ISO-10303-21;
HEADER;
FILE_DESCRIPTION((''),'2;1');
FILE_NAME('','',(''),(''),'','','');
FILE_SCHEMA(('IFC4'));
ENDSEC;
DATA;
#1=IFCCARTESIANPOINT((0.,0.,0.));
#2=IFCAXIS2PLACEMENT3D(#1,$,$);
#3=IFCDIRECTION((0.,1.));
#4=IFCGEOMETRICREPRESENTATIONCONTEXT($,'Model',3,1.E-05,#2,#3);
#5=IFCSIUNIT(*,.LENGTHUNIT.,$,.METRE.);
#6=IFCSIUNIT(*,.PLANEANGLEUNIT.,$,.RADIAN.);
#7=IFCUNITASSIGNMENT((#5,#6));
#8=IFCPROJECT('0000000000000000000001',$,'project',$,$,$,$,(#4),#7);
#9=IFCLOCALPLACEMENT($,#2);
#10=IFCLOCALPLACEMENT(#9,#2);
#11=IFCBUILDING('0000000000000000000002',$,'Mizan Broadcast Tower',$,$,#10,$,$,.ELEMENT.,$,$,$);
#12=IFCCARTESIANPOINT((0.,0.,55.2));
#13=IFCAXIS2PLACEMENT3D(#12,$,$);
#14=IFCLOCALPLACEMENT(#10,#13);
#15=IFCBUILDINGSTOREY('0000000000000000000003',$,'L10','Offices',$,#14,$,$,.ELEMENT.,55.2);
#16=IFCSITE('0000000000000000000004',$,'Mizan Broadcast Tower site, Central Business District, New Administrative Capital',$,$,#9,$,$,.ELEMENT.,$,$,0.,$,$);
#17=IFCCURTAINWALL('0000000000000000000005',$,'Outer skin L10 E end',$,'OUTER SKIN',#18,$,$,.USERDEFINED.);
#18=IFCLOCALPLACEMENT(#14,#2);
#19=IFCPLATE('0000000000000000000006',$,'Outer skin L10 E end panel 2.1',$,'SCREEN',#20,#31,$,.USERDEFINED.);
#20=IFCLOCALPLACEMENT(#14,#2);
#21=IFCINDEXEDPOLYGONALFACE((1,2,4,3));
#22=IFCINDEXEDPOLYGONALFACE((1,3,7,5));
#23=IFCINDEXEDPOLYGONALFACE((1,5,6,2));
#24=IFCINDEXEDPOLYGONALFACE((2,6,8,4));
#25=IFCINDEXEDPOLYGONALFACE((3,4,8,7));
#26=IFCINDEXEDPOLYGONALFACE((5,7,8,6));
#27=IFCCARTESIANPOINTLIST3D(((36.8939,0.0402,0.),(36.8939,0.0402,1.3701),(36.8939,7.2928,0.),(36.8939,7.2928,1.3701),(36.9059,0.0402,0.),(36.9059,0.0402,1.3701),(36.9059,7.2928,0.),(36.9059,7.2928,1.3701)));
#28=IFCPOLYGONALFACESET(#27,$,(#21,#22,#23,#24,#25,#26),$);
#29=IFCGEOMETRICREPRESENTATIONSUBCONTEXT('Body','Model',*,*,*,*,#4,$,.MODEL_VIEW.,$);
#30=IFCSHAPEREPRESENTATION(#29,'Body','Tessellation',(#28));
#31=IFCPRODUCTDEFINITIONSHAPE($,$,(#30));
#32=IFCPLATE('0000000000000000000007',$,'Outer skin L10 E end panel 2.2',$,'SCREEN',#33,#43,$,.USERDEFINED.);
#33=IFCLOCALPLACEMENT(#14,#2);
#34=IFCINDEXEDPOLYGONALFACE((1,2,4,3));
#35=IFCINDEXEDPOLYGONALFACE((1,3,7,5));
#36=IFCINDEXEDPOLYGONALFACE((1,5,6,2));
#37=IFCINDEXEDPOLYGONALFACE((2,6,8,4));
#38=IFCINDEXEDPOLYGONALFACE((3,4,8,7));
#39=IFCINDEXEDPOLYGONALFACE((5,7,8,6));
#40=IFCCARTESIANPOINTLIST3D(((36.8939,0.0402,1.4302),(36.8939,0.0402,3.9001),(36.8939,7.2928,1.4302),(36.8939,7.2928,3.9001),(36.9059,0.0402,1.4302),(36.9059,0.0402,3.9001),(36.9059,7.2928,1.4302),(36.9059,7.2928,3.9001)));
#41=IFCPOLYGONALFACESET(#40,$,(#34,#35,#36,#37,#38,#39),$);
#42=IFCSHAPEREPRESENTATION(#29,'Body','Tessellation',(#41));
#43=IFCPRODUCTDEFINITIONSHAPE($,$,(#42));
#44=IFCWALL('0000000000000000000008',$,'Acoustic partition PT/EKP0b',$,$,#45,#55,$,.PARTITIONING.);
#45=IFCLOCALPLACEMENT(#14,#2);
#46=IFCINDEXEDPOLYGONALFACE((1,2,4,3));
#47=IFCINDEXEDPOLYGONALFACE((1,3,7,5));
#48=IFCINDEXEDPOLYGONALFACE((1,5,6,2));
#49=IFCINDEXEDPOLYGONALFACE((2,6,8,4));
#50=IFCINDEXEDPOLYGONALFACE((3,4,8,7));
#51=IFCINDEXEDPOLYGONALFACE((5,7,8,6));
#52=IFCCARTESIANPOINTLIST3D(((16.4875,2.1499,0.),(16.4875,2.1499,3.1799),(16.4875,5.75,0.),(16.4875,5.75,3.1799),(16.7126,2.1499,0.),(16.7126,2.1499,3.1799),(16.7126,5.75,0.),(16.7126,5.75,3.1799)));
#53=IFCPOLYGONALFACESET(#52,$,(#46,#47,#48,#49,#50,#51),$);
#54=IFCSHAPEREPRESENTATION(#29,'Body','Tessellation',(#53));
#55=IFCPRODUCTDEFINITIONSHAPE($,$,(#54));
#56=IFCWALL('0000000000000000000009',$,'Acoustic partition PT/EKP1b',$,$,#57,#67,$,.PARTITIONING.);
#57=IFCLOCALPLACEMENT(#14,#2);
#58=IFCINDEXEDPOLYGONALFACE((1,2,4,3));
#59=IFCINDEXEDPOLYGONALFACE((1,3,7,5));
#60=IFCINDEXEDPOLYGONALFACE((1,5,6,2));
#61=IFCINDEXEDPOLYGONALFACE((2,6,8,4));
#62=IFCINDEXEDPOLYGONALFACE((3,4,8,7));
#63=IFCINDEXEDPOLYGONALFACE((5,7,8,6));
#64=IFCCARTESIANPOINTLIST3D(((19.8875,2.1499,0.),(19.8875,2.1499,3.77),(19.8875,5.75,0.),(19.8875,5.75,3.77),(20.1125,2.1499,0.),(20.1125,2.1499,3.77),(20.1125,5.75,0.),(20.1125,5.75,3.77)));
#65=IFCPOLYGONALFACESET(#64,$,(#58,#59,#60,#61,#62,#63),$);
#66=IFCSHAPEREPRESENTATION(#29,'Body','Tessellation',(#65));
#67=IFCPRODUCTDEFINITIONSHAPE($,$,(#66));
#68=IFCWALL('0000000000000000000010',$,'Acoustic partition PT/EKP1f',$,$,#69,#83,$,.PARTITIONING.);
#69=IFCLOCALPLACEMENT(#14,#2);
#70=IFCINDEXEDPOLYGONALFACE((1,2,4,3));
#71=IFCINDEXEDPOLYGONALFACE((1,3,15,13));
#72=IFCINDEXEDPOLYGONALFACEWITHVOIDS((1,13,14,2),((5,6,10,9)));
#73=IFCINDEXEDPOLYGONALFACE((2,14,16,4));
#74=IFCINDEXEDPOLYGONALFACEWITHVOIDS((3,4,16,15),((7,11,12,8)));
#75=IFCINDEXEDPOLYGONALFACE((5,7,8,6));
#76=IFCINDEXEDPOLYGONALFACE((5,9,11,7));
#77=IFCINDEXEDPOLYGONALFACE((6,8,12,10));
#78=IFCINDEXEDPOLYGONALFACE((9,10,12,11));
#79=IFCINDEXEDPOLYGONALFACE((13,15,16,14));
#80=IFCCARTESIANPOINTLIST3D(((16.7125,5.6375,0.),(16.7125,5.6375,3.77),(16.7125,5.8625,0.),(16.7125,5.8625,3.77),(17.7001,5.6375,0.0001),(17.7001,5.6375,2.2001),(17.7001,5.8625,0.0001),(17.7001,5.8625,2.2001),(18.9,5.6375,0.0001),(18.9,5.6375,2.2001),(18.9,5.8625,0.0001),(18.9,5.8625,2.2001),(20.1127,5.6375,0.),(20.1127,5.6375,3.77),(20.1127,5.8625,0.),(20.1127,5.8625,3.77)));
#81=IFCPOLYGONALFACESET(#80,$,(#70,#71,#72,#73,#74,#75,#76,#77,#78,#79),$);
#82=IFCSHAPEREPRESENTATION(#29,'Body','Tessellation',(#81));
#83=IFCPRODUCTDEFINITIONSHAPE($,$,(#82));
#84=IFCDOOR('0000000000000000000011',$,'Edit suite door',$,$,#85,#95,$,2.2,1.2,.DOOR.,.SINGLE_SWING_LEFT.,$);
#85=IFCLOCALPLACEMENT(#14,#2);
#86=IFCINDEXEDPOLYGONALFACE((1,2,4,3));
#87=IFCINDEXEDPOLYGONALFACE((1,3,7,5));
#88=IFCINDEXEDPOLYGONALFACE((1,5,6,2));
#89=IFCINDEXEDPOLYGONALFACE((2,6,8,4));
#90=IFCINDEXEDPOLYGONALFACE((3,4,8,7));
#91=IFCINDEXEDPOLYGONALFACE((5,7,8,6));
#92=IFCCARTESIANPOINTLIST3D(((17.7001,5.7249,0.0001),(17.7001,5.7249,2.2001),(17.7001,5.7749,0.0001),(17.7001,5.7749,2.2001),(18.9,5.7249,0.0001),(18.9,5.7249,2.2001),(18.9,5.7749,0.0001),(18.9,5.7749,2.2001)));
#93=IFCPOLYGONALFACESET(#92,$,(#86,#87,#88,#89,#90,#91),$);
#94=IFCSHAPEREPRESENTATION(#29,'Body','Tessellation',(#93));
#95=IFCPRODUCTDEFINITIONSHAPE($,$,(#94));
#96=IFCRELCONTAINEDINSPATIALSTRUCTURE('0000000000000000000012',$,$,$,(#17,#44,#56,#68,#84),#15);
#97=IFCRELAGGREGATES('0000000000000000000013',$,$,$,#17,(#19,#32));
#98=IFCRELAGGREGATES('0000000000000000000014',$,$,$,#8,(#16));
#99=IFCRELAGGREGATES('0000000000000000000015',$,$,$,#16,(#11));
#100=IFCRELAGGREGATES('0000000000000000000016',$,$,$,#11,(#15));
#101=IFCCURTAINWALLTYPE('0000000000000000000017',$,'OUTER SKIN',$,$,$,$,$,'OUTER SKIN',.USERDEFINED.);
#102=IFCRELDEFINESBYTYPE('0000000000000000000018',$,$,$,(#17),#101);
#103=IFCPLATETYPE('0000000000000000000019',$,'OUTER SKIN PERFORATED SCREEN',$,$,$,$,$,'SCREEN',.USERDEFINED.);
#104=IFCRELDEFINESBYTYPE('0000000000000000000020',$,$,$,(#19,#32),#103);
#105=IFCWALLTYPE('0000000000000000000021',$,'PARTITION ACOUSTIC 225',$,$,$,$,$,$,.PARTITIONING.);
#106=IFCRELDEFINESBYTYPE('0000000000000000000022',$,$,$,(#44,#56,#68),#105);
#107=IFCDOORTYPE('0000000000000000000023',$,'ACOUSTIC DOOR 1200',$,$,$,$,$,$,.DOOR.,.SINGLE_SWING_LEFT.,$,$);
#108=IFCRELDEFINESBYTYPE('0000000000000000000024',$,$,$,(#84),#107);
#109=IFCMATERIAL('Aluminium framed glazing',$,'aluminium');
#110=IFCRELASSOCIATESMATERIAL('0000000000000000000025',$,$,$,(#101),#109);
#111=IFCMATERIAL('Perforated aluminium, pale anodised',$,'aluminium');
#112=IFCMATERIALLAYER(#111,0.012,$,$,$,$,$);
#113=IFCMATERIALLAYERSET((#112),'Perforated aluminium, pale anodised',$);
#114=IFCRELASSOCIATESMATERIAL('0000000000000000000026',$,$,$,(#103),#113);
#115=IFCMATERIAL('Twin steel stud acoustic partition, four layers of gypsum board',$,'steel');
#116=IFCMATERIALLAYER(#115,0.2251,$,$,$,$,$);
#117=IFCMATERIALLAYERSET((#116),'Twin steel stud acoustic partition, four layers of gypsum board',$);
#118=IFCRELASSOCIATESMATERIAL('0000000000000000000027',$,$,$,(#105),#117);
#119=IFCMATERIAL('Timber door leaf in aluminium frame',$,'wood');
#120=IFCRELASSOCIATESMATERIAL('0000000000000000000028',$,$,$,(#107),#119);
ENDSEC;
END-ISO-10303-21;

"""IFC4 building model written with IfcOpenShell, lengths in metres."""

from ifc_helpers import new_model, si_unit, direction, frame, frame_2d, origin, origin_2d, place, context, subcontext, project, spatial, rectangle, extrude, material, layer, layer_set, type_object, element, fill, aggregate, save


model = new_model("IFC4")

# Units and contexts
model_context = context("Model", 3, precision=1e-05, world=origin(), true_north=direction((0.0, 1.0)))
body_context = subcontext(model_context, "Body", "Model", "MODEL_VIEW")
ifc_project = project(units=[si_unit("LENGTHUNIT", "METRE"), si_unit("PLANEANGLEUNIT", "RADIAN")], contexts=[model_context])

# Site, building, storey
site_placement = place(None, origin())
site = spatial("IfcSite", under=ifc_project, at=site_placement, Name="Mizan Broadcast Tower site, Central Business District, New Administrative Capital", CompositionType="ELEMENT", RefElevation=0.0)
building_placement = place(site_placement, origin())
building = spatial("IfcBuilding", under=site, at=building_placement, Name="Mizan Broadcast Tower", CompositionType="ELEMENT")
storey_placement = place(building_placement, frame((0.0, 0.0, 55.2)))
storey = spatial("IfcBuildingStorey", under=building, at=storey_placement, Name="L10", Description="Offices", CompositionType="ELEMENT", Elevation=55.2)

# Curtain wall
ifc_material_1 = material(Name="Aluminium framed glazing", Category="aluminium")
curtain_wall_type_1 = type_object("IfcCurtainWallType", Name="OUTER SKIN", ElementType="OUTER SKIN", PredefinedType="USERDEFINED", material=ifc_material_1)
curtain_wall_1_placement = place(storey_placement, origin())
curtain_wall_1 = element("IfcCurtainWall", 1, at=curtain_wall_1_placement, inside=storey, type_object=curtain_wall_type_1, Name="Outer skin L10 E end", ObjectType="OUTER SKIN", PredefinedType="USERDEFINED")

# Plates
ifc_material_2 = material(Name="Perforated aluminium, pale anodised", Category="aluminium")
ifc_layer_1 = layer(ifc_material_2, 0.012)
ifc_layer_set_1 = layer_set([ifc_layer_1], Name="Perforated aluminium, pale anodised")
plate_type_1 = type_object("IfcPlateType", Name="OUTER SKIN PERFORATED SCREEN", ElementType="SCREEN", PredefinedType="USERDEFINED", material=ifc_layer_set_1)
plate_1_placement = place(storey_placement, frame((36.8999, 3.6665, 0.0), z_axis=(0.0, 0.0, 1.0), x_axis=(0.0, 1.0, 0.0)))
plate_1 = element("IfcPlate", 2, at=plate_1_placement, type_object=plate_type_1, Name="Outer skin L10 E end panel 2.1", ObjectType="SCREEN", PredefinedType="USERDEFINED", context=body_context, shape_type="SweptSolid", body=[
    extrude(rectangle(XDim=7.2527, YDim=0.012, at=origin_2d()), origin(), (0.0, 0.0, 1.0), 1.3701),
])
plate_2_placement = place(storey_placement, frame((36.8999, 3.6665, 1.4302), z_axis=(0.0, 0.0, 1.0), x_axis=(0.0, 1.0, 0.0)))
plate_2 = element("IfcPlate", 3, at=plate_2_placement, type_object=plate_type_1, Name="Outer skin L10 E end panel 2.2", ObjectType="SCREEN", PredefinedType="USERDEFINED", context=body_context, shape_type="SweptSolid", body=[
    extrude(rectangle(XDim=7.2527, YDim=0.012, at=origin_2d()), origin(), (0.0, 0.0, 1.0), 2.47),
])
aggregate(curtain_wall_1, [plate_1, plate_2])

# Walls
ifc_material_3 = material(Name="Twin steel stud acoustic partition, four layers of gypsum board", Category="steel")
ifc_layer_2 = layer(ifc_material_3, 0.2251)
ifc_layer_set_2 = layer_set([ifc_layer_2], Name="Twin steel stud acoustic partition, four layers of gypsum board")
wall_type = type_object("IfcWallType", Name="PARTITION ACOUSTIC 225", PredefinedType="PARTITIONING", material=ifc_layer_set_2)
wall_1_placement = place(storey_placement, frame((16.6001, 2.1499, 0.0), z_axis=(0.0, 0.0, 1.0), x_axis=(0.0, 1.0, 0.0)))
element("IfcWall", 4, at=wall_1_placement, inside=storey, type_object=wall_type, Name="Acoustic partition PT/EKP0b", PredefinedType="PARTITIONING", context=body_context, shape_type="SweptSolid", body=[
    extrude(rectangle(XDim=3.6001, YDim=0.2251, at=frame_2d((1.8, 0.0))), origin(), (0.0, 0.0, 1.0), 3.1799),
])
wall_2_placement = place(storey_placement, frame((20.0, 2.1499, 0.0), z_axis=(0.0, 0.0, 1.0), x_axis=(0.0, 1.0, 0.0)))
element("IfcWall", 5, at=wall_2_placement, inside=storey, type_object=wall_type, Name="Acoustic partition PT/EKP1b", PredefinedType="PARTITIONING", context=body_context, shape_type="SweptSolid", body=[
    extrude(rectangle(XDim=3.6001, YDim=0.2251, at=frame_2d((1.8, 0.0))), origin(), (0.0, 0.0, 1.0), 3.77),
])

# Wall, opening, door
wall_3_placement = place(storey_placement, frame((16.7124, 5.75, 0.0), z_axis=(0.0, 0.0, 1.0), x_axis=(1.0, 0.0, 0.0)))
wall_3 = element("IfcWall", 6, at=wall_3_placement, inside=storey, type_object=wall_type, Name="Acoustic partition PT/EKP1f", PredefinedType="PARTITIONING", context=body_context, shape_type="SweptSolid", body=[
    extrude(rectangle(XDim=3.4001, YDim=0.2251, at=frame_2d((1.7002, 0.0))), origin(), (0.0, 0.0, 1.0), 3.77),
])
opening_placement = place(wall_3_placement, frame((0.9875, 0.0, 0.0)))
opening = element("IfcOpeningElement", 7, at=opening_placement, cuts=wall_3, PredefinedType="OPENING", context=body_context, shape_type="SweptSolid", body=[
    extrude(rectangle(XDim=1.2, YDim=2.2, at=frame_2d((0.6001, 1.1001))), frame((0.0, 0.1226, 0.0), z_axis=(0.0, -1.0, 0.0), x_axis=(1.0, 0.0, 0.0)), (0.0, 0.0, 1.0), 0.2451),
])
ifc_material_4 = material(Name="Timber door leaf in aluminium frame", Category="wood")
door_type = type_object("IfcDoorType", Name="ACOUSTIC DOOR 1200", OperationType="SINGLE_SWING_LEFT", PredefinedType="DOOR", material=ifc_material_4)
door_placement = place(opening_placement, origin())
door = element("IfcDoor", 8, at=door_placement, inside=storey, type_object=door_type, Name="Edit suite door", OperationType="SINGLE_SWING_LEFT", OverallHeight=2.2, OverallWidth=1.2, PredefinedType="DOOR", context=body_context, shape_type="SweptSolid", body=[
    extrude(rectangle(XDim=1.2, YDim=2.2, at=frame_2d((0.6001, 1.1001))), frame((0.0, 0.0249, 0.0), z_axis=(0.0, -1.0, 0.0), x_axis=(1.0, 0.0, 0.0)), (0.0, 0.0, 1.0), 0.05),
])
fill(opening, door)

save(model, "model.ifc")
